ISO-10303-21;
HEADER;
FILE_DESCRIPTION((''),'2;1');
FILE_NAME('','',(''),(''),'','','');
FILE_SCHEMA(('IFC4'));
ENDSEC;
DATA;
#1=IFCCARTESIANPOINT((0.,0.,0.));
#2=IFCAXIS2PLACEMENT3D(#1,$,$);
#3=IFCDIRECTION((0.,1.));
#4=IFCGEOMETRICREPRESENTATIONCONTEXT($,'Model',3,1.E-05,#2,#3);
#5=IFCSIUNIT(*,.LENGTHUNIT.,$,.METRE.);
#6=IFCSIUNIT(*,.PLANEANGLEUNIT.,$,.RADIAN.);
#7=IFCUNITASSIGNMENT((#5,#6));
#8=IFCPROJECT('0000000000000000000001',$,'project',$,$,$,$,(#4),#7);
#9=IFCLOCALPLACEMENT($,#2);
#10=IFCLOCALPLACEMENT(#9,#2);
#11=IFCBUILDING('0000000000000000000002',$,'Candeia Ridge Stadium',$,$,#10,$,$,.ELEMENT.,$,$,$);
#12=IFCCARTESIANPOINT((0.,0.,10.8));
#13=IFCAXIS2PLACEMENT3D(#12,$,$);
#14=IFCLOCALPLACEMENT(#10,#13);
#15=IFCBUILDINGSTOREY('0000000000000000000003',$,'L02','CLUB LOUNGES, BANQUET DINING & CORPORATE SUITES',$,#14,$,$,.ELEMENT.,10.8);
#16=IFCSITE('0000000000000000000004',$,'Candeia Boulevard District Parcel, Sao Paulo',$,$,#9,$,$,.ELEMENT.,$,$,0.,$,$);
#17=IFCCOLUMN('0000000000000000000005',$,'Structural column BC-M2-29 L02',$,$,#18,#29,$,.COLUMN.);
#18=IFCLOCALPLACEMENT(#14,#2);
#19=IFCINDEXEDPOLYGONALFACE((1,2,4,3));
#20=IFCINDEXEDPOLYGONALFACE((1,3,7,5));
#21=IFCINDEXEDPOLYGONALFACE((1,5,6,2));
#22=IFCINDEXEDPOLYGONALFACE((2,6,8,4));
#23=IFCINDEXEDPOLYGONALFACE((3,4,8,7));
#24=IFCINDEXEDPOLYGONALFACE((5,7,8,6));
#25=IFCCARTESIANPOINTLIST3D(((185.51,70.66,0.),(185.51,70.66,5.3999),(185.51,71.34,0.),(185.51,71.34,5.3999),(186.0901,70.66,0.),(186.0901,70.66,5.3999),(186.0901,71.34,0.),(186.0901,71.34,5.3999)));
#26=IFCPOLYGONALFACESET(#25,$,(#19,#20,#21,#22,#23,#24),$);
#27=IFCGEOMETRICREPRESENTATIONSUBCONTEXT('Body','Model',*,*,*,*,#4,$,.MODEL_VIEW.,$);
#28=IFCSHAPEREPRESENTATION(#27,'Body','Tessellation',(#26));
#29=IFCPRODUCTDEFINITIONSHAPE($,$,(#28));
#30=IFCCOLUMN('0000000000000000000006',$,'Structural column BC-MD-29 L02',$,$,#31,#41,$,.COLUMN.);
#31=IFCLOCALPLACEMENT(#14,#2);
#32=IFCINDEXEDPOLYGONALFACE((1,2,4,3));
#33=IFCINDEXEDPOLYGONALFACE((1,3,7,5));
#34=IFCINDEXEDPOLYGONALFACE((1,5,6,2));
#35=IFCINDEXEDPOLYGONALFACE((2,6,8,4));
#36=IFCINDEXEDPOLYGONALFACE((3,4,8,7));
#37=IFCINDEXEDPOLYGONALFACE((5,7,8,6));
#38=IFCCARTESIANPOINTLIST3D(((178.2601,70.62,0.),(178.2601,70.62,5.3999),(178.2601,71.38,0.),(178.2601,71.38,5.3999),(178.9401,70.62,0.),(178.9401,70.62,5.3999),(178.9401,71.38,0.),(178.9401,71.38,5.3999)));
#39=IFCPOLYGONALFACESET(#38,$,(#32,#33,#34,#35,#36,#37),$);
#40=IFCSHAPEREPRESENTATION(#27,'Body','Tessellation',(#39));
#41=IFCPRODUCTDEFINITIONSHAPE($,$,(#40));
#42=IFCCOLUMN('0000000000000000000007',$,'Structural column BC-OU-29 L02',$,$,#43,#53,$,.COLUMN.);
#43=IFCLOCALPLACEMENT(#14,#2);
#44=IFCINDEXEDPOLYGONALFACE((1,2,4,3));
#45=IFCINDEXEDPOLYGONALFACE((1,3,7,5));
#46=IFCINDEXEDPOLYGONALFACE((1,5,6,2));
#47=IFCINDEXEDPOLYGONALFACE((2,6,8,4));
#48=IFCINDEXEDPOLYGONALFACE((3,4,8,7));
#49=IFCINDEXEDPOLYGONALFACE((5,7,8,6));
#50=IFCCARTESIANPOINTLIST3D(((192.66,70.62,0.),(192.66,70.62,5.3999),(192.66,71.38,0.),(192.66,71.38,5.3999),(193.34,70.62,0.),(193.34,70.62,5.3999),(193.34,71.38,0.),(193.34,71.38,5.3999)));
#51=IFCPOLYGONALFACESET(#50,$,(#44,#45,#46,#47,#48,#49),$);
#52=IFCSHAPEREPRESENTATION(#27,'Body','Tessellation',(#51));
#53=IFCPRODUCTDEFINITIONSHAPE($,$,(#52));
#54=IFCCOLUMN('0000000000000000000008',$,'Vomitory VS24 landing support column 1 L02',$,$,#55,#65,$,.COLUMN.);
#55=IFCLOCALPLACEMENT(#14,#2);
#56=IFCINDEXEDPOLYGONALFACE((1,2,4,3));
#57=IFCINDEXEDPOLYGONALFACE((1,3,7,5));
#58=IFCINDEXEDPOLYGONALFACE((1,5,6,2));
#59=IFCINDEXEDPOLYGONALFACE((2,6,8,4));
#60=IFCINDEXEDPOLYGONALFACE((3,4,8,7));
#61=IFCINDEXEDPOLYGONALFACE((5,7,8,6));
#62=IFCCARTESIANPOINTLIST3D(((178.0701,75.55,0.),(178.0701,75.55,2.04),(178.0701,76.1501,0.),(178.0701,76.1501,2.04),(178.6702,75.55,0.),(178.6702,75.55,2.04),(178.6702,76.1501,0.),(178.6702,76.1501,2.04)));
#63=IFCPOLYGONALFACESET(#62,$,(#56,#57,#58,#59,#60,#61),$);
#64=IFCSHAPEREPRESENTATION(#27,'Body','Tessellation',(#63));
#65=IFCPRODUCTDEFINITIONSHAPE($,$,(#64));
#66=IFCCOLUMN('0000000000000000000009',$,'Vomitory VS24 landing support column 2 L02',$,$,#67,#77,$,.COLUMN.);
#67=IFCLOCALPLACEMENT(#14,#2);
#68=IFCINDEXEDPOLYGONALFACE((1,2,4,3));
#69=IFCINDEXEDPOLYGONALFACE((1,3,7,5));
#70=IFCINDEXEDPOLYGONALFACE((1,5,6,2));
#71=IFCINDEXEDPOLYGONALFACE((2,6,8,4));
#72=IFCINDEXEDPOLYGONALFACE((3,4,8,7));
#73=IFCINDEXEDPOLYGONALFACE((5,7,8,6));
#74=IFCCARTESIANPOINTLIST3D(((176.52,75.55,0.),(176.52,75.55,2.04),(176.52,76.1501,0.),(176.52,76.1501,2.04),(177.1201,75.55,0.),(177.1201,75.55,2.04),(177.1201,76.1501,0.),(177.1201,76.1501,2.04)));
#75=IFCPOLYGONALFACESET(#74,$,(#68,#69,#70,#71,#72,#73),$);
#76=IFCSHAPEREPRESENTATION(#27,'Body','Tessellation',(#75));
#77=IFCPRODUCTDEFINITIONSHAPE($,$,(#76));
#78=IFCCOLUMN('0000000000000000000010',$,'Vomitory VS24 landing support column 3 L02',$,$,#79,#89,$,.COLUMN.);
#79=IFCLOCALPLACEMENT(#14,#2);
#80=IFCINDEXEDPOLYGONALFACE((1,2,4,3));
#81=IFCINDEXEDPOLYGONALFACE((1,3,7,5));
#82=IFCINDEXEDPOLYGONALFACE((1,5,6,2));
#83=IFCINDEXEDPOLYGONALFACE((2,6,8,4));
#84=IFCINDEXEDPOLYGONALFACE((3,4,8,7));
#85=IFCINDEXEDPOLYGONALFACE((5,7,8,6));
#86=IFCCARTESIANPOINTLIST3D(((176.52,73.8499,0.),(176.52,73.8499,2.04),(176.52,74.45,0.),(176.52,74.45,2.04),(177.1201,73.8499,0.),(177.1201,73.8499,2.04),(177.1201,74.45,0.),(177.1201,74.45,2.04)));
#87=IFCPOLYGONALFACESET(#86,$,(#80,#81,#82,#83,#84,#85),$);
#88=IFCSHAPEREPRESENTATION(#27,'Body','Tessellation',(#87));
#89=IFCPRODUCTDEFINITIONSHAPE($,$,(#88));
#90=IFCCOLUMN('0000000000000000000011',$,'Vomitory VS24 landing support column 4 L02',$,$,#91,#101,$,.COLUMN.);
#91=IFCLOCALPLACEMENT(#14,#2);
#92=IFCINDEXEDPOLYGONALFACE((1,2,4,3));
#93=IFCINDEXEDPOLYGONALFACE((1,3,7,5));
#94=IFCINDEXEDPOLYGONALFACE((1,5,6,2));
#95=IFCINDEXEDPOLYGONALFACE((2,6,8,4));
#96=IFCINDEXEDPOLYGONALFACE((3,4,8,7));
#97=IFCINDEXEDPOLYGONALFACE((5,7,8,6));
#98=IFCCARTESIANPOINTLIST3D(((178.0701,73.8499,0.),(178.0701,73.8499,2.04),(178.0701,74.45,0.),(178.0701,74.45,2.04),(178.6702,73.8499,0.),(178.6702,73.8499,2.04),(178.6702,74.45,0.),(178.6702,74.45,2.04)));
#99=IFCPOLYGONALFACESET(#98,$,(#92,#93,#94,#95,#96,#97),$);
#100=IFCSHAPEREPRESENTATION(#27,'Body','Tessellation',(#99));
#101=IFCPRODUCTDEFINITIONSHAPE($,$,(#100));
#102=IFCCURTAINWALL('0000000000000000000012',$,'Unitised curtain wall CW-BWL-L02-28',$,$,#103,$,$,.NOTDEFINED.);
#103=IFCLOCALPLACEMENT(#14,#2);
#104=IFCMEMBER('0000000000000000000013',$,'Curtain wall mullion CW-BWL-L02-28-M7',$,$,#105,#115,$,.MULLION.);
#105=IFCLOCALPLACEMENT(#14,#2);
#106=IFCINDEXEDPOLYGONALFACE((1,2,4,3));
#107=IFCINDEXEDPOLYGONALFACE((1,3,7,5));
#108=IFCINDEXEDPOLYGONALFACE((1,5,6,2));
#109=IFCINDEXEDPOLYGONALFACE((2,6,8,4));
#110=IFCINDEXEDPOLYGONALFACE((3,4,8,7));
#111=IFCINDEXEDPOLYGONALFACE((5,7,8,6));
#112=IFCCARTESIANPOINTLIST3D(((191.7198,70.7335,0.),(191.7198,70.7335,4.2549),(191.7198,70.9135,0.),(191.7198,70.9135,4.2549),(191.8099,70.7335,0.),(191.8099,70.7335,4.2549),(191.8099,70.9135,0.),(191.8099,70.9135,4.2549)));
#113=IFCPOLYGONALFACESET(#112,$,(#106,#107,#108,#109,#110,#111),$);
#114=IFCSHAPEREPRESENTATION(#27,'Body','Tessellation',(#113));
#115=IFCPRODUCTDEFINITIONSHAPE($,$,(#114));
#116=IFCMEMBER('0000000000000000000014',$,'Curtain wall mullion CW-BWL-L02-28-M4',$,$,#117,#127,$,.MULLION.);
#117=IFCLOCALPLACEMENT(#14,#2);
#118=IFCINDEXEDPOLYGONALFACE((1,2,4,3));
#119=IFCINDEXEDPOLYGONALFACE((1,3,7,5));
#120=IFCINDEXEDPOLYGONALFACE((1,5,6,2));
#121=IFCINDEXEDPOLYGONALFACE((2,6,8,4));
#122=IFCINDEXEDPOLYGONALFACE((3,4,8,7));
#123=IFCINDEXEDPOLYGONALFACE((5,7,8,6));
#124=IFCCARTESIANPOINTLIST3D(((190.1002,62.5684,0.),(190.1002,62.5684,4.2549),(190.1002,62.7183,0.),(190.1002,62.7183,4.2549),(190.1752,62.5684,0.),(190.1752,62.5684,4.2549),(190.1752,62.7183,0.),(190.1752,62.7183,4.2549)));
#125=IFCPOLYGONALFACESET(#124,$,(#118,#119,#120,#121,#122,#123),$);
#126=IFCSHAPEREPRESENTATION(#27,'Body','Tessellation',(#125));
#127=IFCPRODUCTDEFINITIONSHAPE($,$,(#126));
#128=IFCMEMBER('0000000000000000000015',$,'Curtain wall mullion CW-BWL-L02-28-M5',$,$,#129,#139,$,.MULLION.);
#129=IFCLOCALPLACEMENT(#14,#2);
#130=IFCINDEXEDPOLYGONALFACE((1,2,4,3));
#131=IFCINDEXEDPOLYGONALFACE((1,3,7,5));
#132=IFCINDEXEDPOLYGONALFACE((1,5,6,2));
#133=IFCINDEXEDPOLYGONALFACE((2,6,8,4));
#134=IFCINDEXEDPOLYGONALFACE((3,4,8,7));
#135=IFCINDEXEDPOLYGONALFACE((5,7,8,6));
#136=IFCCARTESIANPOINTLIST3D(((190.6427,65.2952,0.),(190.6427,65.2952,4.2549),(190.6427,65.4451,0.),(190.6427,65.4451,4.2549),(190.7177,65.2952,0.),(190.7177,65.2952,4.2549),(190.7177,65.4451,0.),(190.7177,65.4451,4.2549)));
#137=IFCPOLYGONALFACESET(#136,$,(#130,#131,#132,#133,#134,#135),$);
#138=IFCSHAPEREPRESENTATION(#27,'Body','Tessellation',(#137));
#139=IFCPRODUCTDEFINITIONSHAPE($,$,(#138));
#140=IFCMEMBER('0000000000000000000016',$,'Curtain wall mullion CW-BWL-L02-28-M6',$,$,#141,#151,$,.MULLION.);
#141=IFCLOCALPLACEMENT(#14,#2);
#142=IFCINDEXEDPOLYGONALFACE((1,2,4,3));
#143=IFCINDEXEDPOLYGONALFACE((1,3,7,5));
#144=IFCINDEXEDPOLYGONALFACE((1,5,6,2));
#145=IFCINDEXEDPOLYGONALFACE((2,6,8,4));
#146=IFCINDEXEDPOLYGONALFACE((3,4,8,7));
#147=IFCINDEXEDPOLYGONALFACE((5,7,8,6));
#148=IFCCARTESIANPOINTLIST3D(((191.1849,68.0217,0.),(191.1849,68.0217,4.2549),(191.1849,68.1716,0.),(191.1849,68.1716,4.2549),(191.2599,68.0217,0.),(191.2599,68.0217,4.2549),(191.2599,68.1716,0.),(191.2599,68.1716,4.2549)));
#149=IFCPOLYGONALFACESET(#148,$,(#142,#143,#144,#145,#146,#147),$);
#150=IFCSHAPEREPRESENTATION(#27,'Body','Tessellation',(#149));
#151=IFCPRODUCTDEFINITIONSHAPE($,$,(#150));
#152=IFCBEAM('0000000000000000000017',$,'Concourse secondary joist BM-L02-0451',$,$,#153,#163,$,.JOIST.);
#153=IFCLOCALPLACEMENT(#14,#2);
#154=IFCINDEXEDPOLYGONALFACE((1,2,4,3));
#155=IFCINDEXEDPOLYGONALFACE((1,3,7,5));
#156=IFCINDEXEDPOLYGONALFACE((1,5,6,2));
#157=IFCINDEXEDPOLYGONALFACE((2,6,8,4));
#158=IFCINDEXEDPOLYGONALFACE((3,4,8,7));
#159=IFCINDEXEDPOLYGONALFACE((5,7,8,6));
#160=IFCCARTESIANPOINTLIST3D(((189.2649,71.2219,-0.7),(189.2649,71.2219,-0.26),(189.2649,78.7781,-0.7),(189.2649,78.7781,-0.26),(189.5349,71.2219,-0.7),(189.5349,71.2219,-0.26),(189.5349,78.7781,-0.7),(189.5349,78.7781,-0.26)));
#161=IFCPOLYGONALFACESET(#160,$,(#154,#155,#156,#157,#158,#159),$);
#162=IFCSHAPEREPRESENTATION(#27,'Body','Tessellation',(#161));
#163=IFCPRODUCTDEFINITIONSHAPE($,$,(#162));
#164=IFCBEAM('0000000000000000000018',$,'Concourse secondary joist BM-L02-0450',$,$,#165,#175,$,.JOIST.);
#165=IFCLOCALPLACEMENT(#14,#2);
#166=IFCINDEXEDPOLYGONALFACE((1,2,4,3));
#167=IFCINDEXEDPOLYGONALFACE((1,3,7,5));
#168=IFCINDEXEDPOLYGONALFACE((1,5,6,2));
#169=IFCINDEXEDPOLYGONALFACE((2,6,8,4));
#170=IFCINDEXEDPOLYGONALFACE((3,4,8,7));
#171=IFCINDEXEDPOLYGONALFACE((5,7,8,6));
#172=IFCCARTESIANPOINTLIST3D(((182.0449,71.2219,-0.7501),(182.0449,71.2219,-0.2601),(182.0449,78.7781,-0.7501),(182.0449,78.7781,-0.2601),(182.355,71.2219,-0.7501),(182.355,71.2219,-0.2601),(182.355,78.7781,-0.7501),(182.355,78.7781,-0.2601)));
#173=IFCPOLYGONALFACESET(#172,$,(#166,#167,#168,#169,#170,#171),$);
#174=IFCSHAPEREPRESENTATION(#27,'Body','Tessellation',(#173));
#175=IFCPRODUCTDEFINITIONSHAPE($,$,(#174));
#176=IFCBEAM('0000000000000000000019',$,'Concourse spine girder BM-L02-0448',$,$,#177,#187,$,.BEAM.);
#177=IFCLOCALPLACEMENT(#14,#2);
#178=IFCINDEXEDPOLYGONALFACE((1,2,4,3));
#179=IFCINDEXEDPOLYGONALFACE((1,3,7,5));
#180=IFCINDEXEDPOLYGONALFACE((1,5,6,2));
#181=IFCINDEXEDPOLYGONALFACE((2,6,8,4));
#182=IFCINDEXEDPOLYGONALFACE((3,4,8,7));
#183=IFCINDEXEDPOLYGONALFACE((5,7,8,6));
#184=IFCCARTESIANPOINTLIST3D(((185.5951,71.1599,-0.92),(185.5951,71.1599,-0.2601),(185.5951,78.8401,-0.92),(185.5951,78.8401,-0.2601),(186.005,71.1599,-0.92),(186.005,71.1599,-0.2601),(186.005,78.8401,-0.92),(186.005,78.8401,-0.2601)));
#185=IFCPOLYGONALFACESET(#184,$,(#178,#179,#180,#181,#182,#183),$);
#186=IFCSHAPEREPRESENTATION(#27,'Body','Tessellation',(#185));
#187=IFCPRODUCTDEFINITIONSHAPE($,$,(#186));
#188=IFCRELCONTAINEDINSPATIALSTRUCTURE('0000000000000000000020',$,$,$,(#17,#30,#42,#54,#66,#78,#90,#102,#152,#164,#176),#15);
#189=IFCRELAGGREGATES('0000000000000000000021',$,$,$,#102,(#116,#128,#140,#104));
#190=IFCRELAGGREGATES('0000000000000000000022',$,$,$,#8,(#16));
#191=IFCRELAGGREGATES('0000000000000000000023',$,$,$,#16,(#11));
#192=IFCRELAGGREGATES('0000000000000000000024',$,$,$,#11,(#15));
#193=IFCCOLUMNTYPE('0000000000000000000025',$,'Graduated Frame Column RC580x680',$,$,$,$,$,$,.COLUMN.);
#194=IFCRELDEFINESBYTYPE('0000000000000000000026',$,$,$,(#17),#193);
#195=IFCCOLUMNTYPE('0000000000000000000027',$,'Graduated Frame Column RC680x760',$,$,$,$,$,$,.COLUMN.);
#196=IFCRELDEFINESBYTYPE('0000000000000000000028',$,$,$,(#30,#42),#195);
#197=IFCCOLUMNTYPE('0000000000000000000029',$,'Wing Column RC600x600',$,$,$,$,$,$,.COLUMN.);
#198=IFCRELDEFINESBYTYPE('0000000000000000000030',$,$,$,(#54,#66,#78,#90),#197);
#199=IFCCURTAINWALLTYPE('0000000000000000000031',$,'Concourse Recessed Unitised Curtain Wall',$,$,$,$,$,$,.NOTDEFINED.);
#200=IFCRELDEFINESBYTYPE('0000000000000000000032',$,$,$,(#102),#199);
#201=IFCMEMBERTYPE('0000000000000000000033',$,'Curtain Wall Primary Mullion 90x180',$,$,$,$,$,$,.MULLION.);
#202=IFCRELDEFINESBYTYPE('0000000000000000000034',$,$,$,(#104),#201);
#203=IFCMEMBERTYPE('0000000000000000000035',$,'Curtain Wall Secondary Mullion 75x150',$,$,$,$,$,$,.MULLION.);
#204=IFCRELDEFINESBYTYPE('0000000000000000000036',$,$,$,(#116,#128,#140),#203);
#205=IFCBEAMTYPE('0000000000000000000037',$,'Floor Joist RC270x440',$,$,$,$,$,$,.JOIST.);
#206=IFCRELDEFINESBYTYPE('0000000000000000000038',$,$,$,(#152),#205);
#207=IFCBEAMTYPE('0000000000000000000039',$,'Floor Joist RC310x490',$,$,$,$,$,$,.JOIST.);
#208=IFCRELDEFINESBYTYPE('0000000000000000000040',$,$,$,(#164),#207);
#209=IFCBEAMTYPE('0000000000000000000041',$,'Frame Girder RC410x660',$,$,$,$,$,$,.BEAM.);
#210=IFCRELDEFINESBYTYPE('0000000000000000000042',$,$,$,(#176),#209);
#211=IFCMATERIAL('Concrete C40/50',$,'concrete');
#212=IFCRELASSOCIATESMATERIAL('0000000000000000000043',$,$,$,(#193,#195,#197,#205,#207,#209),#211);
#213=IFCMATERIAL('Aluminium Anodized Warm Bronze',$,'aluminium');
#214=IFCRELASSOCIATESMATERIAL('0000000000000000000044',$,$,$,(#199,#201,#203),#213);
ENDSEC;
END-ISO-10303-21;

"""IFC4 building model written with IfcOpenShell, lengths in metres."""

from ifc_helpers import new_model, si_unit, direction, frame, origin, origin_2d, place, context, subcontext, project, spatial, rectangle, extrude, material, material_profile, profile_set, type_object, element, aggregate, save


model = new_model("IFC4")

# Units and contexts
model_context = context("Model", 3, precision=1e-05, world=origin(), true_north=direction((0.0, 1.0)))
body_context = subcontext(model_context, "Body", "Model", "MODEL_VIEW")
ifc_project = project(units=[si_unit("LENGTHUNIT", "METRE"), si_unit("PLANEANGLEUNIT", "RADIAN")], contexts=[model_context])

# Site, building, storey
site_placement = place(None, origin())
site = spatial("IfcSite", under=ifc_project, at=site_placement, Name="Candeia Boulevard District Parcel, Sao Paulo", CompositionType="ELEMENT", RefElevation=0.0)
building_placement = place(site_placement, origin())
building = spatial("IfcBuilding", under=site, at=building_placement, Name="Candeia Ridge Stadium", CompositionType="ELEMENT")
storey_placement = place(building_placement, frame((0.0, 0.0, 10.8)))
storey = spatial("IfcBuildingStorey", under=building, at=storey_placement, Name="L02", Description="CLUB LOUNGES, BANQUET DINING & CORPORATE SUITES", CompositionType="ELEMENT", Elevation=10.8)

# Columns
ifc_material_1 = material(Name="Concrete C40/50", Category="concrete")
ifc_material_profile_1 = material_profile(ifc_material_1, rectangle(XDim=0.5801, YDim=0.6799, at=origin_2d()), Name="RC580x680", Category="concrete")
ifc_profile_set_1 = profile_set([ifc_material_profile_1], Name="Concrete C40/50")
column_type_1 = type_object("IfcColumnType", Name="Graduated Frame Column RC580x680", PredefinedType="COLUMN", material=ifc_profile_set_1)
column_placement = place(storey_placement, frame((185.8, 71.0, 0.0), z_axis=(0.0, 0.0, 1.0), x_axis=(1.0, 0.0, 0.0)))
element("IfcColumn", 1, at=column_placement, inside=storey, type_object=column_type_1, Name="Structural column BC-M2-29 L02", PredefinedType="COLUMN", context=body_context, shape_type="SweptSolid", body=[
    extrude(rectangle(XDim=0.5801, YDim=0.6799, at=origin_2d()), origin(), (0.0, 0.0, 1.0), 5.3999),
])
ifc_material_profile_2 = material_profile(ifc_material_1, rectangle(XDim=0.6799, YDim=0.76, at=origin_2d()), Name="RC680x760", Category="concrete")
ifc_profile_set_2 = profile_set([ifc_material_profile_2], Name="Concrete C40/50")
column_type_2 = type_object("IfcColumnType", Name="Graduated Frame Column RC680x760", PredefinedType="COLUMN", material=ifc_profile_set_2)
for number, where, z_axis, x_axis, name in (
    (2, (178.6001, 71.0, 0.0), (0.0, 0.0, 1.0), (1.0, 0.0, 0.0), "Structural column BC-MD-29 L02"),
    (3, (193.0, 71.0, 0.0), (0.0, 0.0, 1.0), (1.0, 0.0, 0.0), "Structural column BC-OU-29 L02"),
):
    element("IfcColumn", number, at=place(storey_placement, frame(where, z_axis=z_axis, x_axis=x_axis)), inside=storey, type_object=column_type_2, Name=name, PredefinedType="COLUMN", context=body_context, shape_type="SweptSolid", body=[
        extrude(rectangle(XDim=0.6799, YDim=0.76, at=origin_2d()), origin(), (0.0, 0.0, 1.0), 5.3999),
    ])
ifc_material_profile_3 = material_profile(ifc_material_1, rectangle(XDim=0.6001, YDim=0.6001, at=origin_2d()), Name="RC600x600", Category="concrete")
ifc_profile_set_3 = profile_set([ifc_material_profile_3], Name="Concrete C40/50")
column_type_3 = type_object("IfcColumnType", Name="Wing Column RC600x600", PredefinedType="COLUMN", material=ifc_profile_set_3)
for number, where, z_axis, x_axis, name in (
    (4, (178.3701, 75.8501, 0.0), (0.0, 0.0, 1.0), (1.0, 0.0, 0.0), "Vomitory VS24 landing support column 1 L02"),
    (5, (176.8201, 75.8501, 0.0), (0.0, 0.0, 1.0), (1.0, 0.0, 0.0), "Vomitory VS24 landing support column 2 L02"),
    (6, (176.8201, 74.1499, 0.0), (0.0, 0.0, 1.0), (1.0, 0.0, 0.0), "Vomitory VS24 landing support column 3 L02"),
    (7, (178.3701, 74.1499, 0.0), (0.0, 0.0, 1.0), (1.0, 0.0, 0.0), "Vomitory VS24 landing support column 4 L02"),
):
    element("IfcColumn", number, at=place(storey_placement, frame(where, z_axis=z_axis, x_axis=x_axis)), inside=storey, type_object=column_type_3, Name=name, PredefinedType="COLUMN", context=body_context, shape_type="SweptSolid", body=[
        extrude(rectangle(XDim=0.6001, YDim=0.6001, at=origin_2d()), origin(), (0.0, 0.0, 1.0), 2.04),
    ])

# Curtain wall, members
ifc_material_2 = material(Name="Aluminium Anodized Warm Bronze", Category="aluminium")
curtain_wall_type = type_object("IfcCurtainWallType", Name="Concourse Recessed Unitised Curtain Wall", PredefinedType="NOTDEFINED", material=ifc_material_2)
curtain_wall_placement = place(storey_placement, origin())
curtain_wall = element("IfcCurtainWall", 8, at=curtain_wall_placement, inside=storey, type_object=curtain_wall_type, Name="Unitised curtain wall CW-BWL-L02-28", PredefinedType="NOTDEFINED")
ifc_material_profile_4 = material_profile(ifc_material_2, rectangle(XDim=0.0901, YDim=0.1799, at=origin_2d()), Name="CWM-90x180", Category="aluminium")
ifc_profile_set_4 = profile_set([ifc_material_profile_4], Name="Aluminium Anodized Warm Bronze")
member_type_1 = type_object("IfcMemberType", Name="Curtain Wall Primary Mullion 90x180", PredefinedType="MULLION", material=ifc_profile_set_4)
member_1_placement = place(storey_placement, frame((191.7649, 70.8235, 0.0), z_axis=(0.0, 0.0, 1.0), x_axis=(1.0, 0.0, 0.0)))
member_1 = element("IfcMember", 9, at=member_1_placement, type_object=member_type_1, Name="Curtain wall mullion CW-BWL-L02-28-M7", PredefinedType="MULLION", context=body_context, shape_type="SweptSolid", body=[
    extrude(rectangle(XDim=0.0901, YDim=0.1799, at=origin_2d()), origin(), (0.0, 0.0, 1.0), 4.2549),
])
ifc_material_profile_5 = material_profile(ifc_material_2, rectangle(XDim=0.075, YDim=0.1499, at=origin_2d()), Name="CWM-75x150", Category="aluminium")
ifc_profile_set_5 = profile_set([ifc_material_profile_5], Name="Aluminium Anodized Warm Bronze")
member_type_2 = type_object("IfcMemberType", Name="Curtain Wall Secondary Mullion 75x150", PredefinedType="MULLION", material=ifc_profile_set_5)
member_2_placement = place(storey_placement, frame((190.1377, 62.6433, 0.0), z_axis=(0.0, 0.0, 1.0), x_axis=(1.0, 0.0, 0.0)))
member_2 = element("IfcMember", 10, at=member_2_placement, type_object=member_type_2, Name="Curtain wall mullion CW-BWL-L02-28-M4", PredefinedType="MULLION", context=body_context, shape_type="SweptSolid", body=[
    extrude(rectangle(XDim=0.075, YDim=0.1499, at=origin_2d()), origin(), (0.0, 0.0, 1.0), 4.2549),
])
member_3_placement = place(storey_placement, frame((190.6802, 65.3701, 0.0), z_axis=(0.0, 0.0, 1.0), x_axis=(1.0, 0.0, 0.0)))
member_3 = element("IfcMember", 11, at=member_3_placement, type_object=member_type_2, Name="Curtain wall mullion CW-BWL-L02-28-M5", PredefinedType="MULLION", context=body_context, shape_type="SweptSolid", body=[
    extrude(rectangle(XDim=0.075, YDim=0.1499, at=origin_2d()), origin(), (0.0, 0.0, 1.0), 4.2549),
])
member_4_placement = place(storey_placement, frame((191.2224, 68.0967, 0.0), z_axis=(0.0, 0.0, 1.0), x_axis=(1.0, 0.0, 0.0)))
member_4 = element("IfcMember", 12, at=member_4_placement, type_object=member_type_2, Name="Curtain wall mullion CW-BWL-L02-28-M6", PredefinedType="MULLION", context=body_context, shape_type="SweptSolid", body=[
    extrude(rectangle(XDim=0.075, YDim=0.1499, at=origin_2d()), origin(), (0.0, 0.0, 1.0), 4.2549),
])

# Beams
ifc_material_profile_6 = material_profile(ifc_material_1, rectangle(XDim=0.27, YDim=0.4399, at=origin_2d()), Name="RC270x440", Category="concrete")
ifc_profile_set_6 = profile_set([ifc_material_profile_6], Name="Concrete C40/50")
beam_type_1 = type_object("IfcBeamType", Name="Floor Joist RC270x440", PredefinedType="JOIST", material=ifc_profile_set_6)
beam_1_placement = place(storey_placement, frame((189.3999, 71.2219, -0.48), z_axis=(0.0, 1.0, 0.0), x_axis=(-1.0, 0.0, 0.0)))
element("IfcBeam", 13, at=beam_1_placement, inside=storey, type_object=beam_type_1, Name="Concourse secondary joist BM-L02-0451", PredefinedType="JOIST", context=body_context, shape_type="SweptSolid", body=[
    extrude(rectangle(XDim=0.27, YDim=0.4399, at=origin_2d()), origin(), (0.0, 0.0, 1.0), 7.5562),
])
ifc_material_profile_7 = material_profile(ifc_material_1, rectangle(XDim=0.3101, YDim=0.49, at=origin_2d()), Name="RC310x490", Category="concrete")
ifc_profile_set_7 = profile_set([ifc_material_profile_7], Name="Concrete C40/50")
beam_type_2 = type_object("IfcBeamType", Name="Floor Joist RC310x490", PredefinedType="JOIST", material=ifc_profile_set_7)
beam_2_placement = place(storey_placement, frame((182.2, 71.2219, -0.5051), z_axis=(0.0, 1.0, 0.0), x_axis=(-1.0, 0.0, 0.0)))
element("IfcBeam", 14, at=beam_2_placement, inside=storey, type_object=beam_type_2, Name="Concourse secondary joist BM-L02-0450", PredefinedType="JOIST", context=body_context, shape_type="SweptSolid", body=[
    extrude(rectangle(XDim=0.3101, YDim=0.49, at=origin_2d()), origin(), (0.0, 0.0, 1.0), 7.5562),
])
ifc_material_profile_8 = material_profile(ifc_material_1, rectangle(XDim=0.4099, YDim=0.6599, at=origin_2d()), Name="RC410x660", Category="concrete")
ifc_profile_set_8 = profile_set([ifc_material_profile_8], Name="Concrete C40/50")
beam_type_3 = type_object("IfcBeamType", Name="Frame Girder RC410x660", PredefinedType="BEAM", material=ifc_profile_set_8)
beam_3_placement = place(storey_placement, frame((185.8, 71.1599, -0.5901), z_axis=(0.0, 1.0, 0.0), x_axis=(-1.0, 0.0, 0.0)))
element("IfcBeam", 15, at=beam_3_placement, inside=storey, type_object=beam_type_3, Name="Concourse spine girder BM-L02-0448", PredefinedType="BEAM", context=body_context, shape_type="SweptSolid", body=[
    extrude(rectangle(XDim=0.4099, YDim=0.6599, at=origin_2d()), origin(), (0.0, 0.0, 1.0), 7.6802),
])

aggregate(curtain_wall, [member_2, member_3, member_4, member_1])

save(model, "model.ifc")
